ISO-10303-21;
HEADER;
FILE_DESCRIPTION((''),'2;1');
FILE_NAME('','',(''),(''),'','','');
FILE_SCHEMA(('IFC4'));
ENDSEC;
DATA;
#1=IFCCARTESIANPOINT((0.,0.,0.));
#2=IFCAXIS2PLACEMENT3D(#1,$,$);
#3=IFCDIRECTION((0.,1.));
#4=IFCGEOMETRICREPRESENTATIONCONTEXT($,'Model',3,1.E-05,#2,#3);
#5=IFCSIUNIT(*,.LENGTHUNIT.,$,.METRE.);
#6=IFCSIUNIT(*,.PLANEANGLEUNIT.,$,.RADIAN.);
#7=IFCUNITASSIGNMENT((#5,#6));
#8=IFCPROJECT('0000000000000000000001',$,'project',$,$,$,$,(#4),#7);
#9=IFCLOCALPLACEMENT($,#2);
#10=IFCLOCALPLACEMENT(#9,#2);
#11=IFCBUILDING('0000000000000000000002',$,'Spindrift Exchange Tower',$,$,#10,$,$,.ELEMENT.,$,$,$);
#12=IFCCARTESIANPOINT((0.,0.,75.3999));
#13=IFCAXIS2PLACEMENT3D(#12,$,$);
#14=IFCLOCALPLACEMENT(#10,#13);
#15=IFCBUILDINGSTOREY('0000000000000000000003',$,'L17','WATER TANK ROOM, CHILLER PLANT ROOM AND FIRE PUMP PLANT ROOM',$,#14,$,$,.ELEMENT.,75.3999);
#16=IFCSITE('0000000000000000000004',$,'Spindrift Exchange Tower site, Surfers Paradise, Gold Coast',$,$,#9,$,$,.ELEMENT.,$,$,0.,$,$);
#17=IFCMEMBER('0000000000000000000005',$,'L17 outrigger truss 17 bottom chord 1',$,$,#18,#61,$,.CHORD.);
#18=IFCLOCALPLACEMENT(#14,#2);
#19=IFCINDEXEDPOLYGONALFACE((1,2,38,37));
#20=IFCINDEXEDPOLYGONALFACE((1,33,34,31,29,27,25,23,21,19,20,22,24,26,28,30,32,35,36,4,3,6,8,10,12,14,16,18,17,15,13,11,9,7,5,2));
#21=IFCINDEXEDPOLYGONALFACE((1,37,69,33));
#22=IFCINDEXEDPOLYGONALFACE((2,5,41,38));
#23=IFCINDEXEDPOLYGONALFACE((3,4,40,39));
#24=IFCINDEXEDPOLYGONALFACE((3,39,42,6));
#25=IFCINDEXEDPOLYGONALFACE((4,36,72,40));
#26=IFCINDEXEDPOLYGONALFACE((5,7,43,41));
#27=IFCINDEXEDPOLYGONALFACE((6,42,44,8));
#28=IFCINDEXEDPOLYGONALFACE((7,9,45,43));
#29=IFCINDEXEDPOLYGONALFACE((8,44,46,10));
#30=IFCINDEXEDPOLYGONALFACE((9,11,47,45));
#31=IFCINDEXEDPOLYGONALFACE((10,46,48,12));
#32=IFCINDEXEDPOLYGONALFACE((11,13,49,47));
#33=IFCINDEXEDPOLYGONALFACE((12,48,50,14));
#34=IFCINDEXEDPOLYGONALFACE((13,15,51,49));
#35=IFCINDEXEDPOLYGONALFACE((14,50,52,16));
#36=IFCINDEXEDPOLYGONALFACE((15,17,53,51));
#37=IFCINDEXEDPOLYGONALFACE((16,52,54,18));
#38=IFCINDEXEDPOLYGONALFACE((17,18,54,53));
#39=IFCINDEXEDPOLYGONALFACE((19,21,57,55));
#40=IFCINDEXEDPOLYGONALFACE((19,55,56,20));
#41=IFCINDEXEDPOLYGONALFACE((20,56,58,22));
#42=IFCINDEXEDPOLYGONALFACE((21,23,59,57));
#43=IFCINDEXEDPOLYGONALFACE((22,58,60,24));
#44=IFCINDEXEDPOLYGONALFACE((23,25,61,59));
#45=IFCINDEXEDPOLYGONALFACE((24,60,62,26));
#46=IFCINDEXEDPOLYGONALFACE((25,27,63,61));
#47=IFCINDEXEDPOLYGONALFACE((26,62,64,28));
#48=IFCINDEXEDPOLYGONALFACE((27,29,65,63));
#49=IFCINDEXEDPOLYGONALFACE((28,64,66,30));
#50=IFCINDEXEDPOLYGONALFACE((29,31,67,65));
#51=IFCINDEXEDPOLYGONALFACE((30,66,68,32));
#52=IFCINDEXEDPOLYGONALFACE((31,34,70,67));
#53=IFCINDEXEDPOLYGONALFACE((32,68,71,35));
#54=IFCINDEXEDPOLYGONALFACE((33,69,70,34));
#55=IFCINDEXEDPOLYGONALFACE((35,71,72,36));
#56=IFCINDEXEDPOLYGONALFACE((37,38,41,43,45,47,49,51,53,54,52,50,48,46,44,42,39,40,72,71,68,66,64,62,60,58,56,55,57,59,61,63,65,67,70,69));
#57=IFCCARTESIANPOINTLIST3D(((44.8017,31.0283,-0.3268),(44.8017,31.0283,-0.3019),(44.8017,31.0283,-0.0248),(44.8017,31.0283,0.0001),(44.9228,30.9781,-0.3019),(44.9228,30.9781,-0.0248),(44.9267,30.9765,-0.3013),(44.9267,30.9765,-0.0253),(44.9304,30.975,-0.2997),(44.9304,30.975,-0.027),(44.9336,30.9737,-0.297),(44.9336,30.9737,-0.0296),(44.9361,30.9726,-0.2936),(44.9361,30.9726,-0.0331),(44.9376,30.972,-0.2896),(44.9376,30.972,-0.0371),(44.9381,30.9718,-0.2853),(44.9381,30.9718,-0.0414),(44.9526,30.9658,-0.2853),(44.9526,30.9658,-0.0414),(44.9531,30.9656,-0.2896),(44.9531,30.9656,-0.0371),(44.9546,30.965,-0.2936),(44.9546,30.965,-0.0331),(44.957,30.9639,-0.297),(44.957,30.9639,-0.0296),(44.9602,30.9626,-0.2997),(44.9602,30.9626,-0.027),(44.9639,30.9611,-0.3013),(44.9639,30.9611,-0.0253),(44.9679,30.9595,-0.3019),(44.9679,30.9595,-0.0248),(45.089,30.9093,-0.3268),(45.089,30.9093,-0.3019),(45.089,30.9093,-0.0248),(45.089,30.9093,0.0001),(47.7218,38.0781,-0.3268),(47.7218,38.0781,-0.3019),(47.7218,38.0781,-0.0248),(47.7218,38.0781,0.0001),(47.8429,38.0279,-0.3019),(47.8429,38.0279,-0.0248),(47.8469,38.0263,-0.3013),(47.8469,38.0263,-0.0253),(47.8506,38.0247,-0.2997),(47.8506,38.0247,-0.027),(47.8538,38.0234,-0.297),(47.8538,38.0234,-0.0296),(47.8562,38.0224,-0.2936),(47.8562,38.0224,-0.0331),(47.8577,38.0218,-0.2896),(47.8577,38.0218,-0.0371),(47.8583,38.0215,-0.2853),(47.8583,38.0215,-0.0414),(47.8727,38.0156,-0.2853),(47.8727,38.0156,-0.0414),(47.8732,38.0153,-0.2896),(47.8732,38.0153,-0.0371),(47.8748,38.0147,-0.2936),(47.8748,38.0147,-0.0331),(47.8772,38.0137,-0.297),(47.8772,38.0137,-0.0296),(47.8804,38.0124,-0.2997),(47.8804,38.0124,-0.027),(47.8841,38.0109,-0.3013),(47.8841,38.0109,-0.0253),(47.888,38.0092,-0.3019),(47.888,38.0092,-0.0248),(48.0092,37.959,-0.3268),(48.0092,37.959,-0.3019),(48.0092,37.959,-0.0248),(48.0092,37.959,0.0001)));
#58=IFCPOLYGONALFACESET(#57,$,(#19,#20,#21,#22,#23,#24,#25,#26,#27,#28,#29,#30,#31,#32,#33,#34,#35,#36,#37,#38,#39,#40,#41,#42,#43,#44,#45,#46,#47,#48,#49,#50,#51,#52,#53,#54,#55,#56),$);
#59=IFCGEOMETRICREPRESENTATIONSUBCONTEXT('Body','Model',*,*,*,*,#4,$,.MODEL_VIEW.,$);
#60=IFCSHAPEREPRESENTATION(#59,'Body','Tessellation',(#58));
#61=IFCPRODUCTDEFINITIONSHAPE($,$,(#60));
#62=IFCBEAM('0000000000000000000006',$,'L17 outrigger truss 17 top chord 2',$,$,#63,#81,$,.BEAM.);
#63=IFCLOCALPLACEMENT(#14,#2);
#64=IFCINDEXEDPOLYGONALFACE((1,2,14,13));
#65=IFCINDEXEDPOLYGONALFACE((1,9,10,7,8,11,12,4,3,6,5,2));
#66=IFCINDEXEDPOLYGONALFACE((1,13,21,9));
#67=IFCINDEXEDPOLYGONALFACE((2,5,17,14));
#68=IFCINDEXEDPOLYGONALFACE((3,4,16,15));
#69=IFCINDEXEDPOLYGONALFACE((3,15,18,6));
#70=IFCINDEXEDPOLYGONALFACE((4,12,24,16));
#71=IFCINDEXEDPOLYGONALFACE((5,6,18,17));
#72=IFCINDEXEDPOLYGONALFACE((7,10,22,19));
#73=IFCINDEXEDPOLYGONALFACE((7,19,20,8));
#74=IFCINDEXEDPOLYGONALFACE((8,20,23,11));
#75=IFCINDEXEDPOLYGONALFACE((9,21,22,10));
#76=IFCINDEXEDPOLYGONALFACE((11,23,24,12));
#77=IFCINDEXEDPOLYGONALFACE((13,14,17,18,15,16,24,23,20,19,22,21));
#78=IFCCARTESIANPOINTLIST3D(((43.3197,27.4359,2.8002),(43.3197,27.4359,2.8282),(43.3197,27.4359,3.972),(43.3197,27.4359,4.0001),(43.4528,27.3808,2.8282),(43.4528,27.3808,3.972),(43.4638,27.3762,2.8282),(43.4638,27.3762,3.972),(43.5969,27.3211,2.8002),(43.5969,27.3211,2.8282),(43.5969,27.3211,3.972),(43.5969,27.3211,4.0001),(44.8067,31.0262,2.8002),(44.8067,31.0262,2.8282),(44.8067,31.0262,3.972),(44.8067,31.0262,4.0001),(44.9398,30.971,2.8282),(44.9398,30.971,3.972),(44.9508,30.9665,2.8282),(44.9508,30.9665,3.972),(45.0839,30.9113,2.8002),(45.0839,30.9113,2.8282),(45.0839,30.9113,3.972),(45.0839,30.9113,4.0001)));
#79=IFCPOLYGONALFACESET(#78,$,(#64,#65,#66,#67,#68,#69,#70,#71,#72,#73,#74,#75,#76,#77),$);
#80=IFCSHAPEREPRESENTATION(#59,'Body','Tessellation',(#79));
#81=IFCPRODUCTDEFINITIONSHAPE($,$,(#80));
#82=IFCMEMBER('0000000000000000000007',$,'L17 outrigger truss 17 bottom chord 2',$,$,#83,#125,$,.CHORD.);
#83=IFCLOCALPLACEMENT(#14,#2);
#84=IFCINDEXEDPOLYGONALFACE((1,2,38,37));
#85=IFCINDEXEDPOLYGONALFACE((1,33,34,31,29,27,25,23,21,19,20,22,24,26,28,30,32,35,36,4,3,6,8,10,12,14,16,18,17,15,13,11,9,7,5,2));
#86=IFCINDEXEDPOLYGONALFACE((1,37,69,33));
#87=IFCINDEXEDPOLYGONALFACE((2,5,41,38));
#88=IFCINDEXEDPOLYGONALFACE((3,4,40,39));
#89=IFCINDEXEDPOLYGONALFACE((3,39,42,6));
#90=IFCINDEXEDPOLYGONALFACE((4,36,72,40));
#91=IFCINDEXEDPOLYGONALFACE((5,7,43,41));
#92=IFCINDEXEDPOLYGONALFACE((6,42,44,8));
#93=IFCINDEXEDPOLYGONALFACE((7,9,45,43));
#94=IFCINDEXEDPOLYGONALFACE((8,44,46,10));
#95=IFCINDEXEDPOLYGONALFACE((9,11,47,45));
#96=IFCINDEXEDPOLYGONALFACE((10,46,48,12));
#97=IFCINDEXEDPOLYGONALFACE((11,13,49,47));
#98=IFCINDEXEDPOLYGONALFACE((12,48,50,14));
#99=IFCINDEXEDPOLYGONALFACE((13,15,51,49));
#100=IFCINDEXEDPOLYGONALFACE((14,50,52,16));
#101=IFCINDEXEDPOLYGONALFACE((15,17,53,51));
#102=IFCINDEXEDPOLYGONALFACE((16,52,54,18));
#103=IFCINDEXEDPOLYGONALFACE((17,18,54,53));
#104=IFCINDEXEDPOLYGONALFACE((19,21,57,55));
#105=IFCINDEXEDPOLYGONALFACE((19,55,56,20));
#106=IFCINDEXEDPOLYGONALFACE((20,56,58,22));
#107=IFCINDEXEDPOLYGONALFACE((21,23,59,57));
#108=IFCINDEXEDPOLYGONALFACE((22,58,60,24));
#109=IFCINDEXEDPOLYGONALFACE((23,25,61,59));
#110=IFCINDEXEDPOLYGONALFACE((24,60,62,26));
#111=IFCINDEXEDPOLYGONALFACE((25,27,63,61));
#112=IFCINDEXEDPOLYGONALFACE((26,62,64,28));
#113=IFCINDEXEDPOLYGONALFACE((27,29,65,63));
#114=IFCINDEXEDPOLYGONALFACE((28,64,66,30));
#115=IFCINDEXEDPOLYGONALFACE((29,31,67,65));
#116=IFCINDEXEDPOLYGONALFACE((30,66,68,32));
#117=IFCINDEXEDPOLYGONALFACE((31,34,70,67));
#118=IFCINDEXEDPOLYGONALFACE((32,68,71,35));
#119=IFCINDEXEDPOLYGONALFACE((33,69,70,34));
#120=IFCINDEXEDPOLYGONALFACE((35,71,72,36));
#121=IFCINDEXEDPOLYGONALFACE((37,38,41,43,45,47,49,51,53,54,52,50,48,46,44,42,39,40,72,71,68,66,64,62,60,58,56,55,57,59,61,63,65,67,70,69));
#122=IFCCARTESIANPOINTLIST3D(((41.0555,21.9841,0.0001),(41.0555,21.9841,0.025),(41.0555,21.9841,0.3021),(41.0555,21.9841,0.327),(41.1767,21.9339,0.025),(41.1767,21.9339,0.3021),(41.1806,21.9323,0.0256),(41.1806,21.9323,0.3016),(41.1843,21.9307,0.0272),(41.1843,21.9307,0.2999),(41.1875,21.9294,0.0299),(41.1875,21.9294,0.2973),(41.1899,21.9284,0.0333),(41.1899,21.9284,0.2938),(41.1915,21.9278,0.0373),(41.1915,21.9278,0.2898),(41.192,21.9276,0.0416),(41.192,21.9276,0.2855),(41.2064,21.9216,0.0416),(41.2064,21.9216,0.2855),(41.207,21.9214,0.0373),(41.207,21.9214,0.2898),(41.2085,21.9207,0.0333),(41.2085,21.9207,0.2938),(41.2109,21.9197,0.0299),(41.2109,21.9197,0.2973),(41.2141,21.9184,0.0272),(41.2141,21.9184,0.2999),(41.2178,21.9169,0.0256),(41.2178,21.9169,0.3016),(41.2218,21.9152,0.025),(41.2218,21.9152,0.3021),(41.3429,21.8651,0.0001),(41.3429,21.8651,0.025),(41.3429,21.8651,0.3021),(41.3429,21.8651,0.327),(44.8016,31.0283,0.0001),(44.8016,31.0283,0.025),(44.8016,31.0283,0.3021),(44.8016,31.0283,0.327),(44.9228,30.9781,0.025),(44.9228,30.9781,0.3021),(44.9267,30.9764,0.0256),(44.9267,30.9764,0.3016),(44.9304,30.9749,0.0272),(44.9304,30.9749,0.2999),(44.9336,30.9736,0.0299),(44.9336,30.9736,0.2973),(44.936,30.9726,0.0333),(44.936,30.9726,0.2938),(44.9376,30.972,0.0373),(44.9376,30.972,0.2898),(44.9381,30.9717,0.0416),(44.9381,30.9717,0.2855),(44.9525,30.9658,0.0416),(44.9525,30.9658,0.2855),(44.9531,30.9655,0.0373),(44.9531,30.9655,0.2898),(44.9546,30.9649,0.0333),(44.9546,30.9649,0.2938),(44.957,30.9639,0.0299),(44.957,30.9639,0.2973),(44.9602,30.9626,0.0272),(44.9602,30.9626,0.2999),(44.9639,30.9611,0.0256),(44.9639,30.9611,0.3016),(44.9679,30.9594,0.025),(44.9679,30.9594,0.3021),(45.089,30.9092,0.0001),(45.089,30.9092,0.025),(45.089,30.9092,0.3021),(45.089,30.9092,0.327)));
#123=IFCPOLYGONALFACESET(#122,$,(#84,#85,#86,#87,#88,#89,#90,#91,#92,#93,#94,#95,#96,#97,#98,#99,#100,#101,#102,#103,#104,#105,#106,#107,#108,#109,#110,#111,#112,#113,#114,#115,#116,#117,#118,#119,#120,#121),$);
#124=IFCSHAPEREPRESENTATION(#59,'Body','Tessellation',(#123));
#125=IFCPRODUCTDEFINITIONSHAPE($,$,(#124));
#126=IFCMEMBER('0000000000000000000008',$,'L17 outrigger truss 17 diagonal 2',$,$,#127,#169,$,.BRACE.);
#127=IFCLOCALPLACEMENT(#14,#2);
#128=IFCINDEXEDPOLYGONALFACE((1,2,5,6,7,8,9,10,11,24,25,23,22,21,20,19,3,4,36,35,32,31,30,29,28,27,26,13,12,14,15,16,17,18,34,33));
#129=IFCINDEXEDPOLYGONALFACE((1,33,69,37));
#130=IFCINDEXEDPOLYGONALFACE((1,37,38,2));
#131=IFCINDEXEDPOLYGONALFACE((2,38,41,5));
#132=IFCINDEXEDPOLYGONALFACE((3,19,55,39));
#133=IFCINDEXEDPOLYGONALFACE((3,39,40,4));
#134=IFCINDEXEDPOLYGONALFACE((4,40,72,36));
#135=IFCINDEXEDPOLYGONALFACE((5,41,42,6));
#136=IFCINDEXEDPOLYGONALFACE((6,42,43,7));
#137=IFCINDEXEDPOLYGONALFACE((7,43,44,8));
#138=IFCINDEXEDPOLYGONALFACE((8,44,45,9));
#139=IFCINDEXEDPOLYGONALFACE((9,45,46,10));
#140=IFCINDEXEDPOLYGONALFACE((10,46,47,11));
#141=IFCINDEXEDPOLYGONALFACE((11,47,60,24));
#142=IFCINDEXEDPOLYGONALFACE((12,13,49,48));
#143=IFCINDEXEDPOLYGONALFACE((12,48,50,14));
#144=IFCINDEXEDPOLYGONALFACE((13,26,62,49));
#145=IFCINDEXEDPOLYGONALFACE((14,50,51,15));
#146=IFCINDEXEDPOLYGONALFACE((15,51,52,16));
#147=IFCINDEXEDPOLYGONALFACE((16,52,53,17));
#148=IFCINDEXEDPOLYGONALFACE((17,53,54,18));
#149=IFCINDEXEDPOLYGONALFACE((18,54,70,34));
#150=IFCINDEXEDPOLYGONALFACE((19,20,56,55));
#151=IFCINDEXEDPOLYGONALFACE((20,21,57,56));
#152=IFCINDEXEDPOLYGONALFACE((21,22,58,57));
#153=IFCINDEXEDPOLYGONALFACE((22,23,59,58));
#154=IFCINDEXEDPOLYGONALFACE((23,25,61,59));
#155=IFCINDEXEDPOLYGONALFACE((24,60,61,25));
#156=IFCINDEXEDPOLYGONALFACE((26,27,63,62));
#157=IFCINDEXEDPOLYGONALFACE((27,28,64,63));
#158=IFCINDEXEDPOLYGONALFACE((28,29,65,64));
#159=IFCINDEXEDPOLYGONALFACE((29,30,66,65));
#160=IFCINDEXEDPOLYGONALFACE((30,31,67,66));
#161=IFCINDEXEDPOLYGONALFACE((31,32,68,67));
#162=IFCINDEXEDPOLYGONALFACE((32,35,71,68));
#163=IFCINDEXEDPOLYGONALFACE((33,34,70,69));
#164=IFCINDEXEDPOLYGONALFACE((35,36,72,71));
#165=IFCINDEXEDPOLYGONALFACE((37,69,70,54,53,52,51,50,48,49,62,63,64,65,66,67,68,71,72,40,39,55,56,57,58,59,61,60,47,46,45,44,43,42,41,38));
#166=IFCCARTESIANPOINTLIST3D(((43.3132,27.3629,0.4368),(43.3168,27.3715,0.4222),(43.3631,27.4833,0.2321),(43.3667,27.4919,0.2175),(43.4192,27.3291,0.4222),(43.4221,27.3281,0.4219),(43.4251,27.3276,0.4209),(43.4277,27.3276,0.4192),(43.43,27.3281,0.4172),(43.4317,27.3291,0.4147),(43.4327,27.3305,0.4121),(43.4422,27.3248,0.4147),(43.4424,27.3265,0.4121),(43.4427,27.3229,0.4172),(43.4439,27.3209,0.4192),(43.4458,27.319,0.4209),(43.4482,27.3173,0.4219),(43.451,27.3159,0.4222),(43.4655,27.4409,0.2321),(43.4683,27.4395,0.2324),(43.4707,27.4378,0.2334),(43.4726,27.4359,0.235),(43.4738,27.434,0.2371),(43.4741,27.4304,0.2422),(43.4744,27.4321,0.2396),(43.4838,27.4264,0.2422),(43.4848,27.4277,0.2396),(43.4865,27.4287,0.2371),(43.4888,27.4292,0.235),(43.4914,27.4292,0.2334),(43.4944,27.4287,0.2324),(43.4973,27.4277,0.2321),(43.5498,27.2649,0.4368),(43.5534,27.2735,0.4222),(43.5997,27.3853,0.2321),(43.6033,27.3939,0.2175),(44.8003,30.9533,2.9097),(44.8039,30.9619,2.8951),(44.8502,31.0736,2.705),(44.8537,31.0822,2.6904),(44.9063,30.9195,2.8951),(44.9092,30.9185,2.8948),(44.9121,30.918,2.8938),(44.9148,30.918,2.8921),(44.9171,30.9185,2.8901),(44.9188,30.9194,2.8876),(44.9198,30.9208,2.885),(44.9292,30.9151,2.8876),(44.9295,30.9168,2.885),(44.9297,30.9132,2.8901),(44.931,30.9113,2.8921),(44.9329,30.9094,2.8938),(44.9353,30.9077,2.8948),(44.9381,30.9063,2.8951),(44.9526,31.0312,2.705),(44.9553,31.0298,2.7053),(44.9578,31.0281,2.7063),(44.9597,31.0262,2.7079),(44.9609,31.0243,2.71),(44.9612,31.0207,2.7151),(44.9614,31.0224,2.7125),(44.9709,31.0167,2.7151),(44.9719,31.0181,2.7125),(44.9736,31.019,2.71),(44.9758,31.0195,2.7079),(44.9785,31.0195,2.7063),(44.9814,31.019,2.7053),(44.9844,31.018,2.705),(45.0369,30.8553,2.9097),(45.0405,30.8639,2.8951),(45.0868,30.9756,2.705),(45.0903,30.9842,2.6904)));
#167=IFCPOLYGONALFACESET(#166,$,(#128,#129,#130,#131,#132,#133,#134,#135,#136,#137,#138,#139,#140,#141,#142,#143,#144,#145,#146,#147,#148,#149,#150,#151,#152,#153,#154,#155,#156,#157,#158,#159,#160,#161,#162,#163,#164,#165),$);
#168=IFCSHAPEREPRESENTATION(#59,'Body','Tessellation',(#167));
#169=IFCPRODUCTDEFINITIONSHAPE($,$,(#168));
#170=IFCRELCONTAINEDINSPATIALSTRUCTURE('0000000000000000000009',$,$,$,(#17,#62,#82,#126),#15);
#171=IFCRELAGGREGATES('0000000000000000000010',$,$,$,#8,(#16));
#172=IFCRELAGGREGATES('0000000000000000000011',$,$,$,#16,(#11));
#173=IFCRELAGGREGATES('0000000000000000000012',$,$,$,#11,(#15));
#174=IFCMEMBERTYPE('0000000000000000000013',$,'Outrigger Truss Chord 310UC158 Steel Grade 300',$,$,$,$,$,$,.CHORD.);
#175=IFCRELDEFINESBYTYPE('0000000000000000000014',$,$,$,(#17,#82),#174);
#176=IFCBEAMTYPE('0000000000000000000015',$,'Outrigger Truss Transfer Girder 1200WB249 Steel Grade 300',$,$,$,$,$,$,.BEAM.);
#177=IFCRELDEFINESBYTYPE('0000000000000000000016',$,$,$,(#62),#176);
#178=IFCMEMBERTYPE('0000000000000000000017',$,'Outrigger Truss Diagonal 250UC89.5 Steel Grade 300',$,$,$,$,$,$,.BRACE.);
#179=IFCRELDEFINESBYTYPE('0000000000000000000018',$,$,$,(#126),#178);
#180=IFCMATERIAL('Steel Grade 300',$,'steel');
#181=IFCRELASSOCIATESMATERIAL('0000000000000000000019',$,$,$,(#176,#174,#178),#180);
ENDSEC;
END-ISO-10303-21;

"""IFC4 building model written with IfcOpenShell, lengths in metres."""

from ifc_helpers import new_model, si_unit, direction, frame, origin, origin_2d, place, context, subcontext, project, spatial, i_section, extrude, source, transform, mapped, material, material_profile, profile_set, type_object, element, save


model = new_model("IFC4")

# Units and contexts
model_context = context("Model", 3, precision=1e-05, world=origin(), true_north=direction((0.0, 1.0)))
body_context = subcontext(model_context, "Body", "Model", "MODEL_VIEW")
ifc_project = project(units=[si_unit("LENGTHUNIT", "METRE"), si_unit("PLANEANGLEUNIT", "RADIAN")], contexts=[model_context])

# Site, building, storey
site_placement = place(None, origin())
site = spatial("IfcSite", under=ifc_project, at=site_placement, Name="Spindrift Exchange Tower site, Surfers Paradise, Gold Coast", CompositionType="ELEMENT", RefElevation=0.0)
building_placement = place(site_placement, origin())
building = spatial("IfcBuilding", under=site, at=building_placement, Name="Spindrift Exchange Tower", CompositionType="ELEMENT")
storey_placement = place(building_placement, frame((0.0, 0.0, 75.3999)))
storey = spatial("IfcBuildingStorey", under=building, at=storey_placement, Name="L17", Description="WATER TANK ROOM, CHILLER PLANT ROOM AND FIRE PUMP PLANT ROOM", CompositionType="ELEMENT", Elevation=75.3999)

# Shared definitions
ifc_material_1 = material(Name="Steel Grade 300", Category="steel")
ifc_material_profile_1 = material_profile(ifc_material_1, i_section(OverallWidth=0.3, OverallDepth=1.2, WebThickness=0.012, FlangeThickness=0.0281, at=origin_2d()), Name="1200WB249")
ifc_profile_set_1 = profile_set([ifc_material_profile_1], Name="Steel Grade 300")
beam_type = type_object("IfcBeamType", Name="Outrigger Truss Transfer Girder 1200WB249 Steel Grade 300", PredefinedType="BEAM", material=ifc_profile_set_1)

# Shared definitions
ifc_material_profile_2 = material_profile(ifc_material_1, i_section(OverallWidth=0.311, OverallDepth=0.3269, WebThickness=0.0156, FlangeThickness=0.0249, FilletRadius=0.0166, at=origin_2d()), Name="310UC158")
ifc_profile_set_2 = profile_set([ifc_material_profile_2], Name="Steel Grade 300")
member_type_1 = type_object("IfcMemberType", Name="Outrigger Truss Chord 310UC158 Steel Grade 300", PredefinedType="CHORD", material=ifc_profile_set_2)

# Member
shared_shape_1 = source(origin(), body_context, "Body", "SweptSolid", [
    extrude(i_section(OverallWidth=0.311, OverallDepth=0.3269, WebThickness=0.0156, FlangeThickness=0.0249, FilletRadius=0.0166, at=origin_2d()), origin(), (0.0, 0.0, 1.0), 7.6306),
])
member_1_placement = place(storey_placement, frame((47.8655, 38.0186, -0.1633), z_axis=(-0.382688, -0.923878, 0.0), x_axis=(0.923878, -0.382688, 0.0)))
element("IfcMember", 1, at=member_1_placement, inside=storey, type_object=member_type_1, Name="L17 outrigger truss 17 bottom chord 1", PredefinedType="CHORD", context=body_context, shape_type="MappedRepresentation", body=[
    mapped(shared_shape_1, transform((0.0, 0.0, 0.0), scale=1.0)),
])

# Beam
shared_shape_2 = source(origin(), body_context, "Body", "SweptSolid", [
    extrude(i_section(OverallWidth=0.3, OverallDepth=1.2, WebThickness=0.012, FlangeThickness=0.0281, at=origin_2d()), origin(), (0.0, 0.0, 1.0), 3.886),
])
beam_1_placement = place(storey_placement, frame((44.9453, 30.9688, 3.4001), z_axis=(-0.382661, -0.923889, 0.0), x_axis=(0.923889, -0.382661, 0.0)))
element("IfcBeam", 2, at=beam_1_placement, inside=storey, type_object=beam_type, Name="L17 outrigger truss 17 top chord 2", PredefinedType="BEAM", context=body_context, shape_type="MappedRepresentation", body=[
    mapped(shared_shape_2, transform((0.0, 0.0, 0.0), scale=1.0)),
])

# Members
shared_shape_3 = source(origin(), body_context, "Body", "SweptSolid", [
    extrude(i_section(OverallWidth=0.311, OverallDepth=0.3269, WebThickness=0.0156, FlangeThickness=0.0249, FilletRadius=0.0166, at=origin_2d()), origin(), (0.0, 0.0, 1.0), 9.7893),
])
member_2_placement = place(storey_placement, frame((44.9453, 30.9688, 0.1636), z_axis=(-0.382672, -0.923884, 0.0), x_axis=(0.923884, -0.382672, 0.0)))
element("IfcMember", 3, at=member_2_placement, inside=storey, type_object=member_type_1, Name="L17 outrigger truss 17 bottom chord 2", PredefinedType="CHORD", context=body_context, shape_type="MappedRepresentation", body=[
    mapped(shared_shape_3, transform((0.0, 0.0, 0.0), scale=1.0)),
])
ifc_material_profile_3 = material_profile(ifc_material_1, i_section(OverallWidth=0.2561, OverallDepth=0.26, WebThickness=0.0105, FlangeThickness=0.0173, FilletRadius=0.012, at=origin_2d()), Name="250UC89.5")
ifc_profile_set_3 = profile_set([ifc_material_profile_3], Name="Steel Grade 300")
member_type_2 = type_object("IfcMemberType", Name="Outrigger Truss Diagonal 250UC89.5 Steel Grade 300", PredefinedType="BRACE", material=ifc_profile_set_3)
shared_shape_4 = source(origin(), body_context, "Body", "SweptSolid", [
    extrude(i_section(OverallWidth=0.2561, OverallDepth=0.26, WebThickness=0.0105, FlangeThickness=0.0173, FilletRadius=0.012, at=origin_2d()), origin(), (0.0, 0.0, 1.0), 4.6062),
])
member_3_placement = place(storey_placement, frame((44.9453, 30.9688, 2.8), z_axis=(-0.322839, -0.779457, -0.536864), x_axis=(0.923889, -0.382661, 0.0)))
element("IfcMember", 4, at=member_3_placement, inside=storey, type_object=member_type_2, Name="L17 outrigger truss 17 diagonal 2", PredefinedType="BRACE", context=body_context, shape_type="MappedRepresentation", body=[
    mapped(shared_shape_4, transform((0.0, 0.0, 0.0), scale=1.0)),
])

save(model, "model.ifc")
